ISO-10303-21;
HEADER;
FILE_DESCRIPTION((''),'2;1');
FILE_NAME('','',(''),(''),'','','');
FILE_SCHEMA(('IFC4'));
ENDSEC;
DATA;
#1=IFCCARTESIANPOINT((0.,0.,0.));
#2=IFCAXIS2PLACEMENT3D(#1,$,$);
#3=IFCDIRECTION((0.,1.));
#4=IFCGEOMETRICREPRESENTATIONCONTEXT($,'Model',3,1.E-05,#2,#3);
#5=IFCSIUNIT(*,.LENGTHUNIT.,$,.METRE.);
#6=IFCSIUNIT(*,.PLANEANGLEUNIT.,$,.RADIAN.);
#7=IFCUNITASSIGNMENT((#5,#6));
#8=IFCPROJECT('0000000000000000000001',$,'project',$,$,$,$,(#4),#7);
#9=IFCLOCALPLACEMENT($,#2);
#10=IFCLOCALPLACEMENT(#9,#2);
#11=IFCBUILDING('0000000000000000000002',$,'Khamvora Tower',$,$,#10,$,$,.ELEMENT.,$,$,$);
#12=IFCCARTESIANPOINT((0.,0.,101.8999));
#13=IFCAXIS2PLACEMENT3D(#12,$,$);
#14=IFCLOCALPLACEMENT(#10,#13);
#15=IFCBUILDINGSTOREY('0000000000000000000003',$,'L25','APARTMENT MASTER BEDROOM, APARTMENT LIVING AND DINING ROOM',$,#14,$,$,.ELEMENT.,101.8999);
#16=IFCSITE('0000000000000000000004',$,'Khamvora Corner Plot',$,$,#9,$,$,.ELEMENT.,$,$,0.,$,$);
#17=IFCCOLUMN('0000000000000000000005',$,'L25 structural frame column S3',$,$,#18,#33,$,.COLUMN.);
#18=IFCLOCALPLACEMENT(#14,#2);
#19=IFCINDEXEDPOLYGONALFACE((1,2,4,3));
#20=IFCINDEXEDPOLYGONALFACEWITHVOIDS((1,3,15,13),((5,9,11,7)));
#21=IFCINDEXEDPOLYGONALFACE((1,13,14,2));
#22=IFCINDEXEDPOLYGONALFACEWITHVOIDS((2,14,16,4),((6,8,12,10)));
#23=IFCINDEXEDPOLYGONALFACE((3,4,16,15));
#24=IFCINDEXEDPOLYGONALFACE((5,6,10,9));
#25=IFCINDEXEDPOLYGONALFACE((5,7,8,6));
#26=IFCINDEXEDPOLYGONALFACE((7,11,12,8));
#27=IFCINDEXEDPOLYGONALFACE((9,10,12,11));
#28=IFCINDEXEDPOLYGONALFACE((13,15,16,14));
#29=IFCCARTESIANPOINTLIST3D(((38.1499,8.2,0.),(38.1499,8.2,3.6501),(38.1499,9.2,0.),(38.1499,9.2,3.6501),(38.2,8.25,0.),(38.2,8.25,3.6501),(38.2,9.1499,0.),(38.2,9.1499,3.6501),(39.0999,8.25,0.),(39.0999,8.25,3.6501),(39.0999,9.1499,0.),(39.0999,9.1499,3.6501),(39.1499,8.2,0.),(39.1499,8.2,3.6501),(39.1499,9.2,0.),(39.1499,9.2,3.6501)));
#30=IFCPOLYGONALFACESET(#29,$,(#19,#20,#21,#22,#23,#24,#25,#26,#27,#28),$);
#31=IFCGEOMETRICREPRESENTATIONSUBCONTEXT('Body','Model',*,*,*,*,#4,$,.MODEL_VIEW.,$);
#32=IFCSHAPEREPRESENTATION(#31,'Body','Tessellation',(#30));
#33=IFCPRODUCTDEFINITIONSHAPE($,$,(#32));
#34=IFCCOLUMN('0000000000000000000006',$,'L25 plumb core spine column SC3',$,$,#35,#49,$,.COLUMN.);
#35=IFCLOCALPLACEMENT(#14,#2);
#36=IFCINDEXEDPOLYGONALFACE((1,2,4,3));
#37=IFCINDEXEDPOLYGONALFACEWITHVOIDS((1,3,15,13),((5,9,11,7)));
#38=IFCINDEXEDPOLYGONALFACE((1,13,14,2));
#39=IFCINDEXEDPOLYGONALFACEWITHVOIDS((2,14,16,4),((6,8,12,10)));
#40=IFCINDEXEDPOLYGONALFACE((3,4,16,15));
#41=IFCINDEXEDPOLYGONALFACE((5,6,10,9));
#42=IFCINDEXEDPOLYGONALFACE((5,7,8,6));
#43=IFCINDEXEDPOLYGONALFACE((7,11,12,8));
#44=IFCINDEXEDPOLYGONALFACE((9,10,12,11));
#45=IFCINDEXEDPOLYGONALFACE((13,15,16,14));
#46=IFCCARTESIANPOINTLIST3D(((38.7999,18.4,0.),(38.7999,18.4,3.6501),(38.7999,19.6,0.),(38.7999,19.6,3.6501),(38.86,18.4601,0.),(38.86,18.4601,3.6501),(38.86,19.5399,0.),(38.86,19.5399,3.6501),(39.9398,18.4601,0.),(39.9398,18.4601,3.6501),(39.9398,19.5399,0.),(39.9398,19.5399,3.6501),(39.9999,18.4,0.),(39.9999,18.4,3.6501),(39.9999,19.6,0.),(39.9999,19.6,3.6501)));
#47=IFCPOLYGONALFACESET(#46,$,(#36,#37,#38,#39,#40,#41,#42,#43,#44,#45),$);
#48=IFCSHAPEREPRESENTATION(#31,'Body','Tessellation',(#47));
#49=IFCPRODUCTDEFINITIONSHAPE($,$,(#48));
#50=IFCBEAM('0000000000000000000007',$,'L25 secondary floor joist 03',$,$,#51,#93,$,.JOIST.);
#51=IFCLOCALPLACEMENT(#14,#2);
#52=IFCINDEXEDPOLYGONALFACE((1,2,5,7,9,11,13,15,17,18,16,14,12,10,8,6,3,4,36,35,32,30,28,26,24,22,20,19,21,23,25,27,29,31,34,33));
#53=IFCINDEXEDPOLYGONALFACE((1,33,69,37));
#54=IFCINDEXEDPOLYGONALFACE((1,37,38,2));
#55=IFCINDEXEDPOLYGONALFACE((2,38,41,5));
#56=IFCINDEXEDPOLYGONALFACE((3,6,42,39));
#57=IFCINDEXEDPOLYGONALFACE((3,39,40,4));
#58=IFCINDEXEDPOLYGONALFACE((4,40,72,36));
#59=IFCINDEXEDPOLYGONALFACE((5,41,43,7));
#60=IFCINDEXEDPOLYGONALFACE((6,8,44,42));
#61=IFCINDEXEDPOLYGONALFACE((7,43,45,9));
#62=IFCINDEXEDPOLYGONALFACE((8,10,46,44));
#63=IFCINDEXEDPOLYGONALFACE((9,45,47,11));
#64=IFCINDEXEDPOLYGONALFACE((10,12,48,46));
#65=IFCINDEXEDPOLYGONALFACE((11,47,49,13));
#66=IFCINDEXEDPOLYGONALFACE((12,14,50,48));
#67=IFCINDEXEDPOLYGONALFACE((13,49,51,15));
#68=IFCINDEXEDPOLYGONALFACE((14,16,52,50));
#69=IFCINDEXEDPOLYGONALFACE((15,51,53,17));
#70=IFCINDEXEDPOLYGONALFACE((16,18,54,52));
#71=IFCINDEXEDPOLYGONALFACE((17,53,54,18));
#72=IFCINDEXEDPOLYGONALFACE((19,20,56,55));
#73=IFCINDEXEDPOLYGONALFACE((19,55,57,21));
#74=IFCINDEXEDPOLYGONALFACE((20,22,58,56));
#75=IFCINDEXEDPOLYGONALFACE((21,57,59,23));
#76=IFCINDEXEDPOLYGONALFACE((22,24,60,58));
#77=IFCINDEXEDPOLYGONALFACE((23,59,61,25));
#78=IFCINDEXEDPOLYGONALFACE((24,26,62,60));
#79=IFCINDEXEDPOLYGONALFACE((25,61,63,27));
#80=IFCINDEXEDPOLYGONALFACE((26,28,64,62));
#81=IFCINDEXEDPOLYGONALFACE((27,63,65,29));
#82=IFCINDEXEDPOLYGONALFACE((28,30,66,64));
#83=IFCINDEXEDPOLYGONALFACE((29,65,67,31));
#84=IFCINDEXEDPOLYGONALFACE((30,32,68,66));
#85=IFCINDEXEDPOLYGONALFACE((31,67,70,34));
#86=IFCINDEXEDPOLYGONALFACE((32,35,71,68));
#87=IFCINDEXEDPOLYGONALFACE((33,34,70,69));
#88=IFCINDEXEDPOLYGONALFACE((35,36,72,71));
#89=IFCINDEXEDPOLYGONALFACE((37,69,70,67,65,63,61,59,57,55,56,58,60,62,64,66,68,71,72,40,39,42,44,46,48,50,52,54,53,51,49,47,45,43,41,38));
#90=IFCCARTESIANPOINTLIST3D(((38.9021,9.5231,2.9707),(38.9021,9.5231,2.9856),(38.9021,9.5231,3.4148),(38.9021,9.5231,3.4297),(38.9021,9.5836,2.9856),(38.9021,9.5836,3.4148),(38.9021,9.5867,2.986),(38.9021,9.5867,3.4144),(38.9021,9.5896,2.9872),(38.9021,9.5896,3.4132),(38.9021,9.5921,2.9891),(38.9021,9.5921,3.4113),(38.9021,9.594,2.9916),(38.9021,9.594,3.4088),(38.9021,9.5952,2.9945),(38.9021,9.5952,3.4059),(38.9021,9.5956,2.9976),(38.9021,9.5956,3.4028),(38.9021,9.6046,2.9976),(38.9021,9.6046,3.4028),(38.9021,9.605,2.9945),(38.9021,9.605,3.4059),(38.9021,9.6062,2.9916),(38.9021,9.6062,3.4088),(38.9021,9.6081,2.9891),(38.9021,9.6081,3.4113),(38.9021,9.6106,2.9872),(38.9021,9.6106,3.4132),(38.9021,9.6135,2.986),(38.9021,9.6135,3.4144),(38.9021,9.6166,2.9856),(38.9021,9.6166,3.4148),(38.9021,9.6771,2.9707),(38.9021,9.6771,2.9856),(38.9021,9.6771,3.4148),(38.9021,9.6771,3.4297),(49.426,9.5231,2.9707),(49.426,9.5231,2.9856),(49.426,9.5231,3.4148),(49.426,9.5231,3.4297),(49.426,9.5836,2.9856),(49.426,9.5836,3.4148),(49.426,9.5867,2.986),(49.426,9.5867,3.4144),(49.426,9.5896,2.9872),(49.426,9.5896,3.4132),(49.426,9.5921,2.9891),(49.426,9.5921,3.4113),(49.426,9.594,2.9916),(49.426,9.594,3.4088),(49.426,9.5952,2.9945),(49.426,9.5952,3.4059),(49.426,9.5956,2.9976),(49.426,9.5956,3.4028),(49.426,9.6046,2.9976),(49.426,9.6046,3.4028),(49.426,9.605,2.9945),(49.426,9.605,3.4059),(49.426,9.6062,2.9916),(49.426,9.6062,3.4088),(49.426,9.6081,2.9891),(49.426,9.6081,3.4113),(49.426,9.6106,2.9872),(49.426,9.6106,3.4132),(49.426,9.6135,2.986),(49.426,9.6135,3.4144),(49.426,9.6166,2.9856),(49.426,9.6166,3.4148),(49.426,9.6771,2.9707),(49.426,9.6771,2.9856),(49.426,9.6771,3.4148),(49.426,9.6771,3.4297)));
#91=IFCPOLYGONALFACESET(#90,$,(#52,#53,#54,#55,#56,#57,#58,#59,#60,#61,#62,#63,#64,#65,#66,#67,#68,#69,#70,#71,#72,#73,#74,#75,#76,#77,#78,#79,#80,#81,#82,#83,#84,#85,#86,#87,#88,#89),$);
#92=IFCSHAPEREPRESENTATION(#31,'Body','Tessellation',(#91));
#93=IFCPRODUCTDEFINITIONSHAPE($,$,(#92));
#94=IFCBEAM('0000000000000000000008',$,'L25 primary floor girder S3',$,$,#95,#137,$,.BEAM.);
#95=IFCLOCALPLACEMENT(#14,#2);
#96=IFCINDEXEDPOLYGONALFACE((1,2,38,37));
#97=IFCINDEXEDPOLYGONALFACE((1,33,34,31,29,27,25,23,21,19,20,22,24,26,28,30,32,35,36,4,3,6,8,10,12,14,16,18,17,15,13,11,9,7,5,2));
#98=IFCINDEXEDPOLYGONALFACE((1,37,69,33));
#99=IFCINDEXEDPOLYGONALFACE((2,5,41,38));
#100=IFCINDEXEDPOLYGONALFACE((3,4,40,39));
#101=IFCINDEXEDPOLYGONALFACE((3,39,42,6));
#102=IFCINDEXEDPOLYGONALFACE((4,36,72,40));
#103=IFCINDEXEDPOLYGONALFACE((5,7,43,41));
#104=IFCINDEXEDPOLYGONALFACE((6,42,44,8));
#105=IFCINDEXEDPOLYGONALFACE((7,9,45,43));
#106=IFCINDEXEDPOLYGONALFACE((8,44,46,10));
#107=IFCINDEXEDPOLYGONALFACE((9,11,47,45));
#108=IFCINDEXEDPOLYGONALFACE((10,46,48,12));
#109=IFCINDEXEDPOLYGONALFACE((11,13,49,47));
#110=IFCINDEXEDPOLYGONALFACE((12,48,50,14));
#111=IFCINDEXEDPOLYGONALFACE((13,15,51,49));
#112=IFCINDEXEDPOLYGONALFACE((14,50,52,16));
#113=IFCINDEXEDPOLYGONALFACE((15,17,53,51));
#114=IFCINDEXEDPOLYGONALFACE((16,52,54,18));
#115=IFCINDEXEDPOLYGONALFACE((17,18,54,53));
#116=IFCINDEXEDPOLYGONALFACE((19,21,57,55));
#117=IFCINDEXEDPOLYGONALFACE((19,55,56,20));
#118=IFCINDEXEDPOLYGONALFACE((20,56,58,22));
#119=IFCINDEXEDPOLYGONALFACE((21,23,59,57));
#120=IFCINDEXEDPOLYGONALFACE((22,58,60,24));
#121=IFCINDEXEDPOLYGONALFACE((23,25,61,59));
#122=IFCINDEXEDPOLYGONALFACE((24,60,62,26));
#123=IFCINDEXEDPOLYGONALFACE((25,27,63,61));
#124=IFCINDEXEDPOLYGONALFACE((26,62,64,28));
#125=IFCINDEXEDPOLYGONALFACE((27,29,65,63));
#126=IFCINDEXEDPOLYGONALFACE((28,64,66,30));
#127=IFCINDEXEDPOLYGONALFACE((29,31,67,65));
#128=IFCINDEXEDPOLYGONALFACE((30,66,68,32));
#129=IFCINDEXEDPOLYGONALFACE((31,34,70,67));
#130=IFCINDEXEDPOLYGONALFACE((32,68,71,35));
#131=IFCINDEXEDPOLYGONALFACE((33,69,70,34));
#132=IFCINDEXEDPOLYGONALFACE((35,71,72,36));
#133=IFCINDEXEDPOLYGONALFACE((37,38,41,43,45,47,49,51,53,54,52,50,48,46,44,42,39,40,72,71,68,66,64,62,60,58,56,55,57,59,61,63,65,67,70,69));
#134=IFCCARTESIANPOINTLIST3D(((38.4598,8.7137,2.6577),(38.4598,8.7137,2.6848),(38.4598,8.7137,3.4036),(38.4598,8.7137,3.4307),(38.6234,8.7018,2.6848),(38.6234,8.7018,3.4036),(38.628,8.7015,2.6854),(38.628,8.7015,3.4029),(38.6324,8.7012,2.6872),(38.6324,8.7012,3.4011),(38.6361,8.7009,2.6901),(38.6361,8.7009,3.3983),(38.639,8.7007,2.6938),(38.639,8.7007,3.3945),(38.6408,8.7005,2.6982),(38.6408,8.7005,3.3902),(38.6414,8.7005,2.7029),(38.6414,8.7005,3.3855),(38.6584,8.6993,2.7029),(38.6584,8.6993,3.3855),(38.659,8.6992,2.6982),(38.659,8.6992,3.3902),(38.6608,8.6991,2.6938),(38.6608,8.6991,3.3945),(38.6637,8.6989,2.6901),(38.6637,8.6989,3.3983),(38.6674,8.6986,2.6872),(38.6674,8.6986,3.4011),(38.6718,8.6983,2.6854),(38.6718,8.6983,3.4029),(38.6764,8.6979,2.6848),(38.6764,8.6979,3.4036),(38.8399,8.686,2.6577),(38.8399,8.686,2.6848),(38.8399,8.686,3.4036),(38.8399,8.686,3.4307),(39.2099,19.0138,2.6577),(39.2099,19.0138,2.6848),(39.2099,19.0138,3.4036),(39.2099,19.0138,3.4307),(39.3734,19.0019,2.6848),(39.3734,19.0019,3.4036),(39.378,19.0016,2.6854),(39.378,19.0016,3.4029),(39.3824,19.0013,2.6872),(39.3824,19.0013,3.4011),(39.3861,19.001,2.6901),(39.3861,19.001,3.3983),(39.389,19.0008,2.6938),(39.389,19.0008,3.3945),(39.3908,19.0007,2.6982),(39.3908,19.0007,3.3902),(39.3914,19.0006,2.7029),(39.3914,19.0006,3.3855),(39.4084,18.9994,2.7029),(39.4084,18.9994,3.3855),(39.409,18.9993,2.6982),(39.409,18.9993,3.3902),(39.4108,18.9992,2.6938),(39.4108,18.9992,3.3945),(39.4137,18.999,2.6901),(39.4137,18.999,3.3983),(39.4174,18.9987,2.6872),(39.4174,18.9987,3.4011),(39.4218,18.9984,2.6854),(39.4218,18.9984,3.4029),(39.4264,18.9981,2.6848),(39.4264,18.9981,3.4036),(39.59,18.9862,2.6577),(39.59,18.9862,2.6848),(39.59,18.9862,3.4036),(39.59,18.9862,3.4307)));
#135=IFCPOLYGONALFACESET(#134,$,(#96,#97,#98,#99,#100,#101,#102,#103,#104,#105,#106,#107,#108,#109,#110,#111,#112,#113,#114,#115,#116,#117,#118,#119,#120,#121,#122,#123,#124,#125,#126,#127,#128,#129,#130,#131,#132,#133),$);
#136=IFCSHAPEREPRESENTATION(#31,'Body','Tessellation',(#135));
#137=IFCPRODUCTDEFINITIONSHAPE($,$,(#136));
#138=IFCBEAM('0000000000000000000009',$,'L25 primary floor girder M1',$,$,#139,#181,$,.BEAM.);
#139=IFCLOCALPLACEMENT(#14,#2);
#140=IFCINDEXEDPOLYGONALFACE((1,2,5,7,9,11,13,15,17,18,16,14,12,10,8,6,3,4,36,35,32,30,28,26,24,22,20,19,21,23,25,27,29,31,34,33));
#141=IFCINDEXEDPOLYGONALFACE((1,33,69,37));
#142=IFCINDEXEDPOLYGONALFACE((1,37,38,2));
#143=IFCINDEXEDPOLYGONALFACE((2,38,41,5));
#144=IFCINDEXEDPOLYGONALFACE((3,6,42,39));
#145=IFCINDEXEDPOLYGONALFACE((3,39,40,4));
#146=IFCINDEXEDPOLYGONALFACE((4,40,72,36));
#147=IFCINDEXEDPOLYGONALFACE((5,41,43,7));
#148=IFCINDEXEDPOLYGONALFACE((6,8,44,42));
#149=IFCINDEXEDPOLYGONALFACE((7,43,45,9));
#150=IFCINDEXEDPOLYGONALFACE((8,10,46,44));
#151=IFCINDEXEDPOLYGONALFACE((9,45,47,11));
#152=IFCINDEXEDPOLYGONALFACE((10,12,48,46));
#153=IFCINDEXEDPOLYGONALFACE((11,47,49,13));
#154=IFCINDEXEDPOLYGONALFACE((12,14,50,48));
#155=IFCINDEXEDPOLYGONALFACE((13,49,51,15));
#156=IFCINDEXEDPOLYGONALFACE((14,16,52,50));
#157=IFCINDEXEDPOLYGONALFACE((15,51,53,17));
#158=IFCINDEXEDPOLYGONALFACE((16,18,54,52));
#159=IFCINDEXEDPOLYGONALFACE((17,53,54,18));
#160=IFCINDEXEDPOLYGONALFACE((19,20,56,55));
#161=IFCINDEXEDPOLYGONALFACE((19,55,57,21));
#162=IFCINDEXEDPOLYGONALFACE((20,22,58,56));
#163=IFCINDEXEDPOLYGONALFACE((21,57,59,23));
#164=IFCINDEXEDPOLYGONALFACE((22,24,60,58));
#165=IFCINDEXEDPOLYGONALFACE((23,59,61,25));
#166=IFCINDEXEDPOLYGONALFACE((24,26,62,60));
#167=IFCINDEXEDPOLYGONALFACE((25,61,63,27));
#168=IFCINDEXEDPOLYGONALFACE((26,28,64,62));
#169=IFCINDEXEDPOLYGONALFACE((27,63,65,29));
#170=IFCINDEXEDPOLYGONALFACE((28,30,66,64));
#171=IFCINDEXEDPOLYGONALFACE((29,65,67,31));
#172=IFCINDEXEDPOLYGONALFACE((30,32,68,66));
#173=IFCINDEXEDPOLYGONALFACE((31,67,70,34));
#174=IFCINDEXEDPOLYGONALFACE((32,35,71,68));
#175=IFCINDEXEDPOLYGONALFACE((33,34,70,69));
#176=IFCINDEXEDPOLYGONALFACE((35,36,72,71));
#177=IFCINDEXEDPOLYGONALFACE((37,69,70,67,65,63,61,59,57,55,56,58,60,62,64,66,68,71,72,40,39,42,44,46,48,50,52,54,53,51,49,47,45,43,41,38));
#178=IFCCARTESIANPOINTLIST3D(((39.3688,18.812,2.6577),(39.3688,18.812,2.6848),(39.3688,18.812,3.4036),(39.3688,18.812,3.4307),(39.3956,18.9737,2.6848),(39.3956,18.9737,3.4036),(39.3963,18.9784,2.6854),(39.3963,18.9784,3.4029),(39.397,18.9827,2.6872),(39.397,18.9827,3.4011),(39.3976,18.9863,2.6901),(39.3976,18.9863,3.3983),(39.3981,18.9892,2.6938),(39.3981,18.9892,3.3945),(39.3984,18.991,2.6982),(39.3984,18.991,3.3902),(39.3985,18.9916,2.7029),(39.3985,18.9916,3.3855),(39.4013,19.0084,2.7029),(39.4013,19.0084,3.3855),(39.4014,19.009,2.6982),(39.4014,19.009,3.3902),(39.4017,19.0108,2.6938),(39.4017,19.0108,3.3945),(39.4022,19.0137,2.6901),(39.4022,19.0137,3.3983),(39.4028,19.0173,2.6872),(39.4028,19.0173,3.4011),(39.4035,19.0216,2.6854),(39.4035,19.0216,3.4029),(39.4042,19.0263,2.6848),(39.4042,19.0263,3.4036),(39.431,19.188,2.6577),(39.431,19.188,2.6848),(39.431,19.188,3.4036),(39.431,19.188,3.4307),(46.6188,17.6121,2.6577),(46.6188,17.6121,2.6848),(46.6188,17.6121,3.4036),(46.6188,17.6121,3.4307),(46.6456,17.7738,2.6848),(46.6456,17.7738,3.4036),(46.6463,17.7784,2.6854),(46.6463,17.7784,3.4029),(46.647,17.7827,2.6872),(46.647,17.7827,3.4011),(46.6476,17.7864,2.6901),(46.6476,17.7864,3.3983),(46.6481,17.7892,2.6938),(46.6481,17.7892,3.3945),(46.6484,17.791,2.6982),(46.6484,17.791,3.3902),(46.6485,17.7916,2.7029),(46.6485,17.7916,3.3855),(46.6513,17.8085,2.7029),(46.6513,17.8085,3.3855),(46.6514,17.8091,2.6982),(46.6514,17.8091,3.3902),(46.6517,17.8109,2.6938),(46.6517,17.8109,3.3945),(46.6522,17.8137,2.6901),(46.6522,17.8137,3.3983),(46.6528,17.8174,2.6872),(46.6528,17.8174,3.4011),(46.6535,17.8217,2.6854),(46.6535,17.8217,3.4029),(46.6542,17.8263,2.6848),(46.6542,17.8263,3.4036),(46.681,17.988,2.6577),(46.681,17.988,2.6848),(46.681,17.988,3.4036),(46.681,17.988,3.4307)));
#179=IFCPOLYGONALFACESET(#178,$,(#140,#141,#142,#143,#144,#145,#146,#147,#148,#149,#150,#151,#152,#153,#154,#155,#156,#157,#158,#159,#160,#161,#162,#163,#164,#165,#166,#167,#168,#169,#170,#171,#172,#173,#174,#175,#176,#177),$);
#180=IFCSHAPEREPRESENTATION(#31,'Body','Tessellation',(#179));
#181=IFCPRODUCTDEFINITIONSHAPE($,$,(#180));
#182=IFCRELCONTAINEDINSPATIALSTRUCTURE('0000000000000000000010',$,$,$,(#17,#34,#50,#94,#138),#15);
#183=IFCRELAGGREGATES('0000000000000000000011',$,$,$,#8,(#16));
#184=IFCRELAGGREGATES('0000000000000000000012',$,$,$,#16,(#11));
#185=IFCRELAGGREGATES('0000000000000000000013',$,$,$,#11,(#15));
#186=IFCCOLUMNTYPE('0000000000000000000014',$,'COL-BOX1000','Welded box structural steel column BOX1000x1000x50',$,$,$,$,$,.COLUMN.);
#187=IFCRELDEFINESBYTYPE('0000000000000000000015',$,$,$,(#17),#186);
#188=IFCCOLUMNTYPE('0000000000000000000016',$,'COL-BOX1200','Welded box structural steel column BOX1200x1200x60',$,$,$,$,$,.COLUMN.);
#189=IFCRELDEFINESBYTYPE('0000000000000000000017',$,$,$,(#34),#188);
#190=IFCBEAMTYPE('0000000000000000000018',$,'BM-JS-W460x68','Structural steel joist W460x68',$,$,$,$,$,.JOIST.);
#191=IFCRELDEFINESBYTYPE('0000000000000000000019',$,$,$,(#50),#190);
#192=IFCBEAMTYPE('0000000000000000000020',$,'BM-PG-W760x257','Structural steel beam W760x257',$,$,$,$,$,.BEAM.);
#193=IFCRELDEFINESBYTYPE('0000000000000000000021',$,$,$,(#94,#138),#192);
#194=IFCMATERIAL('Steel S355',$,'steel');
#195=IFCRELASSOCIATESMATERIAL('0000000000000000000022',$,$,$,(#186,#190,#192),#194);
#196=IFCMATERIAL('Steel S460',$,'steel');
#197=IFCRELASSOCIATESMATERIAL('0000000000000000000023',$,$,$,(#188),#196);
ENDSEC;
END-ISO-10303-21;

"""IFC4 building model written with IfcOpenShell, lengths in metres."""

from ifc_helpers import new_model, si_unit, direction, frame, origin, origin_2d, place, context, subcontext, project, spatial, hollow_rectangle, i_section, extrude, material, material_profile, profile_set, type_object, element, save


model = new_model("IFC4")

# Units and contexts
model_context = context("Model", 3, precision=1e-05, world=origin(), true_north=direction((0.0, 1.0)))
body_context = subcontext(model_context, "Body", "Model", "MODEL_VIEW")
ifc_project = project(units=[si_unit("LENGTHUNIT", "METRE"), si_unit("PLANEANGLEUNIT", "RADIAN")], contexts=[model_context])

# Site, building, storey
site_placement = place(None, origin())
site = spatial("IfcSite", under=ifc_project, at=site_placement, Name="Khamvora Corner Plot", CompositionType="ELEMENT", RefElevation=0.0)
building_placement = place(site_placement, origin())
building = spatial("IfcBuilding", under=site, at=building_placement, Name="Khamvora Tower", CompositionType="ELEMENT")
storey_placement = place(building_placement, frame((0.0, 0.0, 101.8999)))
storey = spatial("IfcBuildingStorey", under=building, at=storey_placement, Name="L25", Description="APARTMENT MASTER BEDROOM, APARTMENT LIVING AND DINING ROOM", CompositionType="ELEMENT", Elevation=101.8999)

# Columns
ifc_material_1 = material(Name="Steel S355", Category="steel")
ifc_material_profile_1 = material_profile(ifc_material_1, hollow_rectangle(XDim=1.0, YDim=1.0, WallThickness=0.05, at=origin_2d()), Name="BOX1000x1000x50")
ifc_profile_set_1 = profile_set([ifc_material_profile_1], Name="Steel S355")
column_type_1 = type_object("IfcColumnType", Name="COL-BOX1000", Description="Welded box structural steel column BOX1000x1000x50", PredefinedType="COLUMN", material=ifc_profile_set_1)
column_1_placement = place(storey_placement, frame((38.6499, 8.7, 0.0), z_axis=(0.0, 0.0, 1.0), x_axis=(1.0, 0.0, 0.0)))
element("IfcColumn", 1, at=column_1_placement, inside=storey, type_object=column_type_1, Name="L25 structural frame column S3", PredefinedType="COLUMN", context=body_context, shape_type="SweptSolid", body=[
    extrude(hollow_rectangle(XDim=1.0, YDim=1.0, WallThickness=0.05, at=origin_2d()), origin(), (0.0, 0.0, 1.0), 3.6501),
])
ifc_material_2 = material(Name="Steel S460", Category="steel")
ifc_material_profile_2 = material_profile(ifc_material_2, hollow_rectangle(XDim=1.2, YDim=1.2, WallThickness=0.0601, at=origin_2d()), Name="BOX1200x1200x60")
ifc_profile_set_2 = profile_set([ifc_material_profile_2], Name="Steel S460")
column_type_2 = type_object("IfcColumnType", Name="COL-BOX1200", Description="Welded box structural steel column BOX1200x1200x60", PredefinedType="COLUMN", material=ifc_profile_set_2)
column_2_placement = place(storey_placement, frame((39.3999, 19.0, 0.0), z_axis=(0.0, 0.0, 1.0), x_axis=(1.0, 0.0, 0.0)))
element("IfcColumn", 2, at=column_2_placement, inside=storey, type_object=column_type_2, Name="L25 plumb core spine column SC3", PredefinedType="COLUMN", context=body_context, shape_type="SweptSolid", body=[
    extrude(hollow_rectangle(XDim=1.2, YDim=1.2, WallThickness=0.0601, at=origin_2d()), origin(), (0.0, 0.0, 1.0), 3.6501),
])

# Beams
ifc_material_profile_3 = material_profile(ifc_material_1, i_section(OverallWidth=0.1541, OverallDepth=0.459, WebThickness=0.009, FlangeThickness=0.0149, FilletRadius=0.012, at=origin_2d()), Name="W460x68")
ifc_profile_set_3 = profile_set([ifc_material_profile_3], Name="Steel S355")
beam_type_1 = type_object("IfcBeamType", Name="BM-JS-W460x68", Description="Structural steel joist W460x68", PredefinedType="JOIST", material=ifc_profile_set_3)
beam_1_placement = place(storey_placement, frame((38.9021, 9.6001, 3.2002), z_axis=(1.0, 0.0, 0.0), x_axis=(0.0, 1.0, 0.0)))
element("IfcBeam", 3, at=beam_1_placement, inside=storey, type_object=beam_type_1, Name="L25 secondary floor joist 03", PredefinedType="JOIST", context=body_context, shape_type="SweptSolid", body=[
    extrude(i_section(OverallWidth=0.1541, OverallDepth=0.459, WebThickness=0.009, FlangeThickness=0.0149, FilletRadius=0.012, at=origin_2d()), origin(), (0.0, 0.0, 1.0), 10.5239),
])
ifc_material_profile_4 = material_profile(ifc_material_1, i_section(OverallWidth=0.3811, OverallDepth=0.7729, WebThickness=0.0171, FlangeThickness=0.0271, FilletRadius=0.0181, at=origin_2d()), Name="W760x257")
ifc_profile_set_4 = profile_set([ifc_material_profile_4], Name="Steel S355")
beam_type_2 = type_object("IfcBeamType", Name="BM-PG-W760x257", Description="Structural steel beam W760x257", PredefinedType="BEAM", material=ifc_profile_set_4)
beam_2_placement = place(storey_placement, frame((39.3999, 19.0, 3.0442), z_axis=(-0.072623, -0.997359, 0.0), x_axis=(0.997359, -0.072623, 0.0)))
element("IfcBeam", 4, at=beam_2_placement, inside=storey, type_object=beam_type_2, Name="L25 primary floor girder S3", PredefinedType="BEAM", context=body_context, shape_type="SweptSolid", body=[
    extrude(i_section(OverallWidth=0.3811, OverallDepth=0.7729, WebThickness=0.0171, FlangeThickness=0.0271, FilletRadius=0.0181, at=origin_2d()), origin(), (0.0, 0.0, 1.0), 10.3274),
])
beam_3_placement = place(storey_placement, frame((39.3999, 19.0, 3.0442), z_axis=(0.986578, -0.163289, 0.0), x_axis=(0.163289, 0.986578, 0.0)))
element("IfcBeam", 5, at=beam_3_placement, inside=storey, type_object=beam_type_2, Name="L25 primary floor girder M1", PredefinedType="BEAM", context=body_context, shape_type="SweptSolid", body=[
    extrude(i_section(OverallWidth=0.3811, OverallDepth=0.7729, WebThickness=0.0171, FlangeThickness=0.0271, FilletRadius=0.0181, at=origin_2d()), origin(), (0.0, 0.0, 1.0), 7.3486),
])

save(model, "model.ifc")
